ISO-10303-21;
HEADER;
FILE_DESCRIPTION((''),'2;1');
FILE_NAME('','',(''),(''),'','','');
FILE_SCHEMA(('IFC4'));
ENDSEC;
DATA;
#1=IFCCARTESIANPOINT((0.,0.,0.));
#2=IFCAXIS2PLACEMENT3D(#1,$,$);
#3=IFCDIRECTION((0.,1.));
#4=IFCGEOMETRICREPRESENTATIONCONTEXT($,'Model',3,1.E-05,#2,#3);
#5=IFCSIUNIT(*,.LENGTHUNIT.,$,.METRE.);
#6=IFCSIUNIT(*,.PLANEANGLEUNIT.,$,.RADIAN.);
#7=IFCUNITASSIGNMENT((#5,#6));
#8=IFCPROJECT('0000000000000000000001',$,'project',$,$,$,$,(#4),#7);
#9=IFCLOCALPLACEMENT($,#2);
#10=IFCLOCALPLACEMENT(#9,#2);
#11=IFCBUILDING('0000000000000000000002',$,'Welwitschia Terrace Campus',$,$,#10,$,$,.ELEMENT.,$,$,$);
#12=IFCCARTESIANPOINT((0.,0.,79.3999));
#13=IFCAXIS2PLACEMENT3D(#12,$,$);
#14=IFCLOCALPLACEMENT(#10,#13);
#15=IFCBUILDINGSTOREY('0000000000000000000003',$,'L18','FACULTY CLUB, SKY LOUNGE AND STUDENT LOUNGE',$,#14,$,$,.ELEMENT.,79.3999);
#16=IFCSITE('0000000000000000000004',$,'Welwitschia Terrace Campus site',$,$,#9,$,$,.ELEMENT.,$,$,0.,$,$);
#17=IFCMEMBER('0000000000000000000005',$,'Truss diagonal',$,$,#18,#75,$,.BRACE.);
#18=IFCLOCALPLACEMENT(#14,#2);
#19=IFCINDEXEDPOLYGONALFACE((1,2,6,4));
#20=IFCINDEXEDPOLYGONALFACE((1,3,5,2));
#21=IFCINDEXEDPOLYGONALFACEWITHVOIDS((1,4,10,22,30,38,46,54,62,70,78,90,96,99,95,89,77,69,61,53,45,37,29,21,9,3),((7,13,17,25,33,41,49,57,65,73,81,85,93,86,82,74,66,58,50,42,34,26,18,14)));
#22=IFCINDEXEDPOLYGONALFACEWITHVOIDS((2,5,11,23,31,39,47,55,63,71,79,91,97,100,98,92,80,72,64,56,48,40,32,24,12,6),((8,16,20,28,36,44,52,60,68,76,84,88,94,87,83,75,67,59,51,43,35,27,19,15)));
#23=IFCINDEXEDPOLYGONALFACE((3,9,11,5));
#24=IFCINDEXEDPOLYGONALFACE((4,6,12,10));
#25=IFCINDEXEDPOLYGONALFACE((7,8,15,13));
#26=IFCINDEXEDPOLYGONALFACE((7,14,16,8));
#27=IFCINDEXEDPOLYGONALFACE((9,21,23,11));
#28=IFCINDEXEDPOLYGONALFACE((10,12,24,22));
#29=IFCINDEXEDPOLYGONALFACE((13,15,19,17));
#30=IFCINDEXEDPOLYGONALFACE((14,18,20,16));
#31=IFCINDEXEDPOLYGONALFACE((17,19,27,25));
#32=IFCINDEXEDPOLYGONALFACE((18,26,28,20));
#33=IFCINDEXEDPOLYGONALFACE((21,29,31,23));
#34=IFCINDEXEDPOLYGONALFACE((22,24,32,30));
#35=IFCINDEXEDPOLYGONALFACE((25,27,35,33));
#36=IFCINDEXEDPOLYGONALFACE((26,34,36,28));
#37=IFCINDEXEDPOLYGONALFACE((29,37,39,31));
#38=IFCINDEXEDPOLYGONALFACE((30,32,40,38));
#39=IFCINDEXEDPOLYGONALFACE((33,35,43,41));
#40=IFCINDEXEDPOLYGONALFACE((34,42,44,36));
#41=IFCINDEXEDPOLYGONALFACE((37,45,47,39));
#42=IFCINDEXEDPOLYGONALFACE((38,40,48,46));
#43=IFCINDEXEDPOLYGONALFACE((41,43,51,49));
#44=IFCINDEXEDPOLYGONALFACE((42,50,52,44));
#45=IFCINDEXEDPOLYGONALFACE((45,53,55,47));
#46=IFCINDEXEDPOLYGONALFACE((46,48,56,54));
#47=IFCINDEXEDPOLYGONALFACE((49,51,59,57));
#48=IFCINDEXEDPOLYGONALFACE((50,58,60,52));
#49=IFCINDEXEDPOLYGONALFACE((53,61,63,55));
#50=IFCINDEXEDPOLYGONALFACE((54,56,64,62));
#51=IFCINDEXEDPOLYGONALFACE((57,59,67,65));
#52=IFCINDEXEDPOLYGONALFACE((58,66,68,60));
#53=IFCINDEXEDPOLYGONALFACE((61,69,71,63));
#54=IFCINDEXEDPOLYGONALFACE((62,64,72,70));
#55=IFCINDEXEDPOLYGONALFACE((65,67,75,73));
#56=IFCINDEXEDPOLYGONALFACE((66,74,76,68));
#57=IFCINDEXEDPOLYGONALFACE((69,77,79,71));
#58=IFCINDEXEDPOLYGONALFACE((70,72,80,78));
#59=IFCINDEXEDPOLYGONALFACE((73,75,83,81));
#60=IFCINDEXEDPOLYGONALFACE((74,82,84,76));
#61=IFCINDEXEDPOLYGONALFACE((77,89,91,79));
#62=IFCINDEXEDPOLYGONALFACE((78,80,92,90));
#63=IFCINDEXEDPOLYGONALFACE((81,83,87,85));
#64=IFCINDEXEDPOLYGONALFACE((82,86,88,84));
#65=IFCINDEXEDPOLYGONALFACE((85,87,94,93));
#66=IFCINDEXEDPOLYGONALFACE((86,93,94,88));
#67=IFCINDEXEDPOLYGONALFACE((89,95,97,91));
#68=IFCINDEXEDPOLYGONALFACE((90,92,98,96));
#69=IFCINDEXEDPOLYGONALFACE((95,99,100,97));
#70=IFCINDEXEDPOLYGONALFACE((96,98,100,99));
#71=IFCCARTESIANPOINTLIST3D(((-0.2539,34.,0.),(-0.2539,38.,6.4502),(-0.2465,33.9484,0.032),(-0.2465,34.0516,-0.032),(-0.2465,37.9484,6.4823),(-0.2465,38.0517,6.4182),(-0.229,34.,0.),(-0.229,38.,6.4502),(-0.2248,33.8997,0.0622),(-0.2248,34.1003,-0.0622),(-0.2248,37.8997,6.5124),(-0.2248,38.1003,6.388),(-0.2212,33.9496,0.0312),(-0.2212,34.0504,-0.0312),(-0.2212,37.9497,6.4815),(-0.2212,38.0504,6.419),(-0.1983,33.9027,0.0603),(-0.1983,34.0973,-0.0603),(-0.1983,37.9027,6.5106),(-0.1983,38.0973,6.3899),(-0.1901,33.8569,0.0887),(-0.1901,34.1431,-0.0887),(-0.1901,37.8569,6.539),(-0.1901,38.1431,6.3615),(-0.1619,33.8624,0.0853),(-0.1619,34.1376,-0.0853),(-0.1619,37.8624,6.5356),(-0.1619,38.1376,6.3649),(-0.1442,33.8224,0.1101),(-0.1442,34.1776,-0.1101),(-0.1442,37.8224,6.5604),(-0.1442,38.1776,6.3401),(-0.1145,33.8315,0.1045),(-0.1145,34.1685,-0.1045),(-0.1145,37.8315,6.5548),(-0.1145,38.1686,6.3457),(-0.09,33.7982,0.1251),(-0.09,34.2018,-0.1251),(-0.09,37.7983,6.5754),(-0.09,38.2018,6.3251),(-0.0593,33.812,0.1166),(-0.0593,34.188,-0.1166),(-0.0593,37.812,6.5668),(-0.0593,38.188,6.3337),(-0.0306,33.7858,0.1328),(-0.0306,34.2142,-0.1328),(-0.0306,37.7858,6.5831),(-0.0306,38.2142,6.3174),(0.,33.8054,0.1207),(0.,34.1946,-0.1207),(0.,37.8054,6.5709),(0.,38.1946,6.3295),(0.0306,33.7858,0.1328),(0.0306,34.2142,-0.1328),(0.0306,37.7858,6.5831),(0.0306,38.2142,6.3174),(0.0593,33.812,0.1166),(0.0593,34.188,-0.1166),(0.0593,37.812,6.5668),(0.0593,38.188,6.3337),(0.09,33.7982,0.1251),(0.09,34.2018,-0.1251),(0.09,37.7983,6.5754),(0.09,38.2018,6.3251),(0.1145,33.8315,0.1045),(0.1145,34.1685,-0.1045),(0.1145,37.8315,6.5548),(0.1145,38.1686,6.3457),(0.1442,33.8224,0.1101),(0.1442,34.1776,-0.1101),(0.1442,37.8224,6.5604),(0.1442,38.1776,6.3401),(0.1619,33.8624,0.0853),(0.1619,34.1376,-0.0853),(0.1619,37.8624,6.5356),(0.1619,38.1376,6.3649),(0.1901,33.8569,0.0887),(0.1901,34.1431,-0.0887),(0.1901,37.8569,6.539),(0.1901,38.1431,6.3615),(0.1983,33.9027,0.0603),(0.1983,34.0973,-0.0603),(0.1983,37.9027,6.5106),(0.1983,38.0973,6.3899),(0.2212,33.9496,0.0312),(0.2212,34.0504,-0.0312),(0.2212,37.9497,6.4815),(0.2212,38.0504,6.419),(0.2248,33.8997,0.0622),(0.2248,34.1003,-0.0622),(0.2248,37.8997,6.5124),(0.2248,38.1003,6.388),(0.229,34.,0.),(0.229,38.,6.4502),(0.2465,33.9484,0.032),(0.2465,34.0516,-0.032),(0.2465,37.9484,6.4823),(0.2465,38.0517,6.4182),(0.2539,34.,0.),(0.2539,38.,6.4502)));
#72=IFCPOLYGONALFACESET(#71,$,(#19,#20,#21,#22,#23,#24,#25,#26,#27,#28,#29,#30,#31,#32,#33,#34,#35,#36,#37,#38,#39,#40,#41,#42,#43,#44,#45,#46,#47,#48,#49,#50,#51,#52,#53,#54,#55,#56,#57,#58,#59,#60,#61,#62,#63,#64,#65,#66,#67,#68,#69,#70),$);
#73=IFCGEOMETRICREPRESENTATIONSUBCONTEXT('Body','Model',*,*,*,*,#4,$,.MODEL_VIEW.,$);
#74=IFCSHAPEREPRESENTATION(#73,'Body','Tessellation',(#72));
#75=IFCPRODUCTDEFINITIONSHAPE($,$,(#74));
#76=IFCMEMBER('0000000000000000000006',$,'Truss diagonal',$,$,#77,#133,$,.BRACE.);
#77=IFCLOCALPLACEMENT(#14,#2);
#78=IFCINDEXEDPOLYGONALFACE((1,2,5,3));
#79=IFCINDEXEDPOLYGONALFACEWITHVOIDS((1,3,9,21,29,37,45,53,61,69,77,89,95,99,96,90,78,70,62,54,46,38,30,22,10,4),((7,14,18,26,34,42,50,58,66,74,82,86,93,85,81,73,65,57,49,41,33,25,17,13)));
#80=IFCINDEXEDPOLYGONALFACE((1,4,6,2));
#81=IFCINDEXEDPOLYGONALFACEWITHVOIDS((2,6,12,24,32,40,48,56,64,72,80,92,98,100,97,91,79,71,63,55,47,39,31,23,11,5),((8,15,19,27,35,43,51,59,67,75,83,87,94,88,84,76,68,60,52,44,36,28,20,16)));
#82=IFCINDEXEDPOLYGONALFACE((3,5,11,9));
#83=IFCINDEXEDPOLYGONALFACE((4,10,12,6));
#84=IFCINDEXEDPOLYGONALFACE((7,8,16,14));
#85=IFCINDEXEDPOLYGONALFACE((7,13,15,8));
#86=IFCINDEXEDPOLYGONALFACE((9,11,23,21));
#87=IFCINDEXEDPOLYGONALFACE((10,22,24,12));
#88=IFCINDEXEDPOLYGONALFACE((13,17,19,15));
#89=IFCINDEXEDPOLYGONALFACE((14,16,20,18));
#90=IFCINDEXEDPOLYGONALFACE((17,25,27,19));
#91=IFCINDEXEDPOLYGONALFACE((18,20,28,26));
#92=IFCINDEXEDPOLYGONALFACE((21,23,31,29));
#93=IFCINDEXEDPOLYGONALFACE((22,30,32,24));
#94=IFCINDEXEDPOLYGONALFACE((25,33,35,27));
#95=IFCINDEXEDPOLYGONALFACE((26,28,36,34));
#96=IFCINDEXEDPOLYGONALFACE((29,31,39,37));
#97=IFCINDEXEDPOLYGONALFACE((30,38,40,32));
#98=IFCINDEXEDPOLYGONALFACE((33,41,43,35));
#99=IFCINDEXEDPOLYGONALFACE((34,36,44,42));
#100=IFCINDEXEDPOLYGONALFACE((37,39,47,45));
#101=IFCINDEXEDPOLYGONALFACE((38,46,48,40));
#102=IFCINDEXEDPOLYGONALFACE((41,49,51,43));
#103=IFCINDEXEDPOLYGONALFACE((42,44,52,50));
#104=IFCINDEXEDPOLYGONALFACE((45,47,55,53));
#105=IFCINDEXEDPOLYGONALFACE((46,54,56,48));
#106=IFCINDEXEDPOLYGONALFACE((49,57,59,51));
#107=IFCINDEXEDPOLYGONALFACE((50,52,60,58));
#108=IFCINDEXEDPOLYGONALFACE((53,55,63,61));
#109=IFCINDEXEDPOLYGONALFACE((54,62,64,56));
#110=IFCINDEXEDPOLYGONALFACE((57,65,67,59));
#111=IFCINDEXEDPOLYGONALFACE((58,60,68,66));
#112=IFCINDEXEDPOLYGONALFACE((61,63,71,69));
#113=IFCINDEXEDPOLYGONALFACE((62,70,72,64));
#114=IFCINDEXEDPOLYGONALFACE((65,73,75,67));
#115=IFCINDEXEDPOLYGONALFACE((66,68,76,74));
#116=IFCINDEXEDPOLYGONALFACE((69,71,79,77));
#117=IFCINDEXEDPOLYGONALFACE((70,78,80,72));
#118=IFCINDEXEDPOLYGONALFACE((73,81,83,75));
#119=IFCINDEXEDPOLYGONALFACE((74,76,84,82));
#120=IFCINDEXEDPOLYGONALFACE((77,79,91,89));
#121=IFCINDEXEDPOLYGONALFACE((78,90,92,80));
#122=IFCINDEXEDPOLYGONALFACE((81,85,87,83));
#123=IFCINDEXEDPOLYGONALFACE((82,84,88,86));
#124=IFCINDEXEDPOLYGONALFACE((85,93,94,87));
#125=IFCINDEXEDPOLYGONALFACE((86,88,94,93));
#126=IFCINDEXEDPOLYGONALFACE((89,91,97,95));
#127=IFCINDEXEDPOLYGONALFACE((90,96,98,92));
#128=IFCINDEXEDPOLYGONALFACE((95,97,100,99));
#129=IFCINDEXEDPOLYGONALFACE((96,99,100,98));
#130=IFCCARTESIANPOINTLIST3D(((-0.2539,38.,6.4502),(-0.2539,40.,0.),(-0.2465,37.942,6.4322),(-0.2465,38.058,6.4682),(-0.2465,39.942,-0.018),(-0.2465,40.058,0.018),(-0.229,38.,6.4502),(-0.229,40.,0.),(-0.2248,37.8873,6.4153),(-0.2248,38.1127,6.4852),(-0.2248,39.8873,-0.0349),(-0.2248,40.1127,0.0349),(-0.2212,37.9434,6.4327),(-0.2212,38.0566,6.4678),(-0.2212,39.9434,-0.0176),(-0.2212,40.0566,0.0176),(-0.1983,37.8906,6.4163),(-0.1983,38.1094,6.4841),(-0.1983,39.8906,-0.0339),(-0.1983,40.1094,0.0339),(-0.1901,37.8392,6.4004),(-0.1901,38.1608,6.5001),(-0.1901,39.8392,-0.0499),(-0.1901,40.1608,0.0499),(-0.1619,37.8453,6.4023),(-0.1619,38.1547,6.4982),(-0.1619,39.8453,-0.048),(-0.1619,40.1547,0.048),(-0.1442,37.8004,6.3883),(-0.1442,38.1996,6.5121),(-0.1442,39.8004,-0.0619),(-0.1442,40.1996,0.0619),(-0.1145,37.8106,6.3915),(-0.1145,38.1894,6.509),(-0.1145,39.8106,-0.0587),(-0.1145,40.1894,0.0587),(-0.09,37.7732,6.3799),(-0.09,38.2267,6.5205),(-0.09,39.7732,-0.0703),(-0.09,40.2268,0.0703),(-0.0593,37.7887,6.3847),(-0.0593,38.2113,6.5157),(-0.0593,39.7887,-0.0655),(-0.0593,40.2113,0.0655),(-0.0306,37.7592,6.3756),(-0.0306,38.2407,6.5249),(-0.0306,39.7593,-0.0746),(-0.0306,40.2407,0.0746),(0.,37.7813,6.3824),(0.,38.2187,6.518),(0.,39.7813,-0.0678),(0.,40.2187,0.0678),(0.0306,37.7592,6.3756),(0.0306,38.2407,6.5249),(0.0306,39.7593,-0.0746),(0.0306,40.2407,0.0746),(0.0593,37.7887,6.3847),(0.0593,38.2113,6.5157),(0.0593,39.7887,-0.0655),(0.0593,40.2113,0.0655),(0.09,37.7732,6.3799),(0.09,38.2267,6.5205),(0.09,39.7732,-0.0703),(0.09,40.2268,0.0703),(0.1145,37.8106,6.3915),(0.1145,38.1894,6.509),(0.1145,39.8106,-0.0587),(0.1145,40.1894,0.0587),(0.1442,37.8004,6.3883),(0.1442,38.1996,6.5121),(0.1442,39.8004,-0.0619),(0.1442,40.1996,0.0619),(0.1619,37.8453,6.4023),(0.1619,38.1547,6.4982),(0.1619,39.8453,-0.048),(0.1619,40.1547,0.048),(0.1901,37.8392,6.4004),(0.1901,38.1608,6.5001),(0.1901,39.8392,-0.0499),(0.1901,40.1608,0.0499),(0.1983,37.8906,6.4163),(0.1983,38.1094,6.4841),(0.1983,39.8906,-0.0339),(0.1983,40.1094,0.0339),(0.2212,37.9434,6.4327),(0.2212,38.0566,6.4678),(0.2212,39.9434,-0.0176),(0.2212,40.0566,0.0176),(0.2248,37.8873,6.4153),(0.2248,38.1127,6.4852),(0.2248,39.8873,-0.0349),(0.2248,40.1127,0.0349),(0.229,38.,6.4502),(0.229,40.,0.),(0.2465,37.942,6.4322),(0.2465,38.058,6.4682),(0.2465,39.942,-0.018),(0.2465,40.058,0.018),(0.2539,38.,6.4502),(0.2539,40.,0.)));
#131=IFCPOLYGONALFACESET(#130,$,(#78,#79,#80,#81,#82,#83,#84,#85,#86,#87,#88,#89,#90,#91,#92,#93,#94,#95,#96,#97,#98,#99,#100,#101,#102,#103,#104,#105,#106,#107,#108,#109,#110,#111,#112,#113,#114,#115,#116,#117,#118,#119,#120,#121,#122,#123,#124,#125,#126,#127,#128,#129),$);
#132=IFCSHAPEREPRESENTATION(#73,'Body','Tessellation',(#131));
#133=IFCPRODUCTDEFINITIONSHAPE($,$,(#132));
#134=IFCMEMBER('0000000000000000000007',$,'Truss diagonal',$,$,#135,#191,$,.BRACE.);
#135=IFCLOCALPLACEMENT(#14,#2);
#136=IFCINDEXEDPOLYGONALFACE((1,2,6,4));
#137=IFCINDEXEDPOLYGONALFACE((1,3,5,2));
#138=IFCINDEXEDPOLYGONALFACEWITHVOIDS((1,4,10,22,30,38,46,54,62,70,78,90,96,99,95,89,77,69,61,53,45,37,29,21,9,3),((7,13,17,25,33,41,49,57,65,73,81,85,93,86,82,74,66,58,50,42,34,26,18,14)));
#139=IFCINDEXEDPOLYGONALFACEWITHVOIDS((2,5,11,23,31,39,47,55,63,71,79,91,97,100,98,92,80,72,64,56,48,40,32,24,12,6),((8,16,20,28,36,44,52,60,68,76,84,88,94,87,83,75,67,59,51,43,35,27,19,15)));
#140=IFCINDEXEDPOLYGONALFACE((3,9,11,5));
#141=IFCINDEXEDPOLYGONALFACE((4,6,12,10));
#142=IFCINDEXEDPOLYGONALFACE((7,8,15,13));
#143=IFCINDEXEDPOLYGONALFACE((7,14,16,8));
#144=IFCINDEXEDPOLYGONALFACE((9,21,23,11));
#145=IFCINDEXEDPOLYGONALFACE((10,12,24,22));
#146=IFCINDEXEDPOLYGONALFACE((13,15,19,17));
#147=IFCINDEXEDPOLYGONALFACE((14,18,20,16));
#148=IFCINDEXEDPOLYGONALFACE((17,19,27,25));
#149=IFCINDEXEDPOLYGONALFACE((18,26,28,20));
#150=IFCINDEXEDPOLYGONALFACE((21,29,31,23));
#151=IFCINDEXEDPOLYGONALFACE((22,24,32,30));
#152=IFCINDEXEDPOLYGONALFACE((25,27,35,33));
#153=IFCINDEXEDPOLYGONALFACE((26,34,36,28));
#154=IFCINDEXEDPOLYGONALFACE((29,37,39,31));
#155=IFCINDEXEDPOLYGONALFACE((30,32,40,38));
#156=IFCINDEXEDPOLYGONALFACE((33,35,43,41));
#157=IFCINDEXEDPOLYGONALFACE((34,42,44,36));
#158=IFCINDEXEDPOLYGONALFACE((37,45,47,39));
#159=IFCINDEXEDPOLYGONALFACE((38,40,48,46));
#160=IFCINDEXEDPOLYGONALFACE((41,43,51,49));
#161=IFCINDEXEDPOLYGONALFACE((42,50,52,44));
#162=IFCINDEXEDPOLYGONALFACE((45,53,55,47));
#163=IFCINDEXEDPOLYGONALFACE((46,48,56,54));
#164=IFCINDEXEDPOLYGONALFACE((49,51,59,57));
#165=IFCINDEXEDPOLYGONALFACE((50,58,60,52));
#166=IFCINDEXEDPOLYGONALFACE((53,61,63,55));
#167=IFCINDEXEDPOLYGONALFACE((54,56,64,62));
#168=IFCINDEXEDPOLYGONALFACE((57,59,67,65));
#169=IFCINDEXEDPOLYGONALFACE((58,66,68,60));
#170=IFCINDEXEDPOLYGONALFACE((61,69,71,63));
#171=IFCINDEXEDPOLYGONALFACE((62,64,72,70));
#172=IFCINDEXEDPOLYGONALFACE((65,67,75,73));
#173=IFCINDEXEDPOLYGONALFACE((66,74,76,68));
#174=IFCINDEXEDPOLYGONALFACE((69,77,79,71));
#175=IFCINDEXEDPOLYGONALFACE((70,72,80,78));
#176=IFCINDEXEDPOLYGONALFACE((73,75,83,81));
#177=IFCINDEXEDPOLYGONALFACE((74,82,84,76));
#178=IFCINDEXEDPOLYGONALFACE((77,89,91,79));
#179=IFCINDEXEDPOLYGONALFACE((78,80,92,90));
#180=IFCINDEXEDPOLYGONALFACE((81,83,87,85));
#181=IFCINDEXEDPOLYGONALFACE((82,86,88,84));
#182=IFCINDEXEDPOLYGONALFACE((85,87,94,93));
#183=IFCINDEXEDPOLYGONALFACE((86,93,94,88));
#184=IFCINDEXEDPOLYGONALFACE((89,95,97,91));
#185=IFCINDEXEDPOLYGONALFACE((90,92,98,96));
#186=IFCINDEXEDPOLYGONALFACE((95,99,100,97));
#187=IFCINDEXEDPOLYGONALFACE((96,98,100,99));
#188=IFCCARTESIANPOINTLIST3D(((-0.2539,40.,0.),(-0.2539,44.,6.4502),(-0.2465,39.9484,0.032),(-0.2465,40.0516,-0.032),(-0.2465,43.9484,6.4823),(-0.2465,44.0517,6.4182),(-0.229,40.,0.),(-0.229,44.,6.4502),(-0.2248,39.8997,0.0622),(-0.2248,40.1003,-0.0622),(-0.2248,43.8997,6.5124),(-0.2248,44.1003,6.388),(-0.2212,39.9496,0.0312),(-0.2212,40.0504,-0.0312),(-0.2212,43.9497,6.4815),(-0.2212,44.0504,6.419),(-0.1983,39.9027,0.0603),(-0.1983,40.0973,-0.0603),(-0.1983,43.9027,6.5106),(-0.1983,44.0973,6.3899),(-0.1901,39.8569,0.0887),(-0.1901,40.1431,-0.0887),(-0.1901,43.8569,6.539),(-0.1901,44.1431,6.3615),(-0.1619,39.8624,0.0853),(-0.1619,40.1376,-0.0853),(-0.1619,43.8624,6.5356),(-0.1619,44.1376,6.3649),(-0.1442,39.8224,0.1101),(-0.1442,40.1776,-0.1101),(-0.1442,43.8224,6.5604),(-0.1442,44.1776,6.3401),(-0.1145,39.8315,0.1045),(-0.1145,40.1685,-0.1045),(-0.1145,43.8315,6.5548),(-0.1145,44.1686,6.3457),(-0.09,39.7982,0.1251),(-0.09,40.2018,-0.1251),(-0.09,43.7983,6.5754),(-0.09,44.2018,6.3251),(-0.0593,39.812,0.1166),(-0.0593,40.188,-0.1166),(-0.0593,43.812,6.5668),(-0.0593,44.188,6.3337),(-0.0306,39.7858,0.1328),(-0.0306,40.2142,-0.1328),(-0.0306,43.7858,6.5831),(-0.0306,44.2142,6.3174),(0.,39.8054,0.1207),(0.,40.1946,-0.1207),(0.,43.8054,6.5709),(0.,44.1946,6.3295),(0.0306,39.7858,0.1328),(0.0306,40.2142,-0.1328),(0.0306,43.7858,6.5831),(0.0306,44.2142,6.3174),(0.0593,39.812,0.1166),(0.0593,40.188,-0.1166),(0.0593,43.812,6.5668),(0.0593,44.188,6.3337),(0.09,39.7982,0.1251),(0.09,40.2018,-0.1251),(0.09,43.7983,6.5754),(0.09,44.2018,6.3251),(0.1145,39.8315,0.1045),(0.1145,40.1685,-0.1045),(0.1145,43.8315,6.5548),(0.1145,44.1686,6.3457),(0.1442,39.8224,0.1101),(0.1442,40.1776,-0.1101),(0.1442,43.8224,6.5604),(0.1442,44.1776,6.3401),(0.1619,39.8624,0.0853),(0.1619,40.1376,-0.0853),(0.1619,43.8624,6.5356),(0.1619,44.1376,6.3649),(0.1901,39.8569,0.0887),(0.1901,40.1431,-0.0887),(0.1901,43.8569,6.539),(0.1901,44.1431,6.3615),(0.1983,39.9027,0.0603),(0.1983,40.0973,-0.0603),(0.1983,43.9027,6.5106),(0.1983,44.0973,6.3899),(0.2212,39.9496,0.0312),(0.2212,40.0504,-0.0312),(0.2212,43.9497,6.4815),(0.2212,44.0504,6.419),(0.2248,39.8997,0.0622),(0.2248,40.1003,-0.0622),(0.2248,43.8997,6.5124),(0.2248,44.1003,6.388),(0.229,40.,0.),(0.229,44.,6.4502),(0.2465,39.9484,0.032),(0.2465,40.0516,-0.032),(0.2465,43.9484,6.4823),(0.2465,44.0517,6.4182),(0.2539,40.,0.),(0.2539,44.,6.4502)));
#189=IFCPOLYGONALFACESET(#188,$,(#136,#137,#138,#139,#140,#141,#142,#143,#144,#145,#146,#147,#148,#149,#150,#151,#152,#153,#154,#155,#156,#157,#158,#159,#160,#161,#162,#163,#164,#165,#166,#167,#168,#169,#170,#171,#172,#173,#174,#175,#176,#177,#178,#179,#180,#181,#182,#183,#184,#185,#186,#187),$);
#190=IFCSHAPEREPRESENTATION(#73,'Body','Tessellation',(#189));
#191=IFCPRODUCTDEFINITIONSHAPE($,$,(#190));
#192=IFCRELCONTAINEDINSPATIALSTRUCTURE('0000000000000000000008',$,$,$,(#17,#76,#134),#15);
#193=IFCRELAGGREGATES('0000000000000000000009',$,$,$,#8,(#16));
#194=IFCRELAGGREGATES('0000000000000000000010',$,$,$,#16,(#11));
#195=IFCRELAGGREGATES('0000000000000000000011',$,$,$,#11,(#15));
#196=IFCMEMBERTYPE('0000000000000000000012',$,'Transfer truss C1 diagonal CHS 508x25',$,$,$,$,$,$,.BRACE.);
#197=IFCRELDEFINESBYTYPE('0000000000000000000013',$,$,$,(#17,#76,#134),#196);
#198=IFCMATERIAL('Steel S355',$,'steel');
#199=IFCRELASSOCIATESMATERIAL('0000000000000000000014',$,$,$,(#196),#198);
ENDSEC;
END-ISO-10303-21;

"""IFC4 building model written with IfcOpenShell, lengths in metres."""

from ifc_helpers import new_model, si_unit, direction, frame, origin, origin_2d, place, context, subcontext, project, spatial, hollow_circle, extrude, material, material_profile, profile_set, type_object, element, save


model = new_model("IFC4")

# Units and contexts
model_context = context("Model", 3, precision=1e-05, world=origin(), true_north=direction((0.0, 1.0)))
body_context = subcontext(model_context, "Body", "Model", "MODEL_VIEW")
ifc_project = project(units=[si_unit("LENGTHUNIT", "METRE"), si_unit("PLANEANGLEUNIT", "RADIAN")], contexts=[model_context])

# Site, building, storey
site_placement = place(None, origin())
site = spatial("IfcSite", under=ifc_project, at=site_placement, Name="Welwitschia Terrace Campus site", CompositionType="ELEMENT", RefElevation=0.0)
building_placement = place(site_placement, origin())
building = spatial("IfcBuilding", under=site, at=building_placement, Name="Welwitschia Terrace Campus", CompositionType="ELEMENT")
storey_placement = place(building_placement, frame((0.0, 0.0, 79.3999)))
storey = spatial("IfcBuildingStorey", under=building, at=storey_placement, Name="L18", Description="FACULTY CLUB, SKY LOUNGE AND STUDENT LOUNGE", CompositionType="ELEMENT", Elevation=79.3999)

# Members
ifc_material_1 = material(Name="Steel S355", Category="steel")
ifc_material_profile_1 = material_profile(ifc_material_1, hollow_circle(Radius=0.2539, WallThickness=0.0249, at=origin_2d()))
ifc_profile_set_1 = profile_set([ifc_material_profile_1], Name="Steel S355")
member_type_1 = type_object("IfcMemberType", Name="Transfer truss C1 diagonal CHS 508x25", PredefinedType="BRACE", material=ifc_profile_set_1)
member_1_placement = place(storey_placement, frame((0.0, 34.0, 0.0), z_axis=(0.0, 0.527023, 0.849851), x_axis=(-1.0, 0.0, 0.0)))
element("IfcMember", 1, at=member_1_placement, inside=storey, type_object=member_type_1, Name="Truss diagonal", PredefinedType="BRACE", context=body_context, shape_type="SweptSolid", body=[
    extrude(hollow_circle(Radius=0.2539, WallThickness=0.0249, at=origin_2d()), origin(), (0.0, 0.0, 1.0), 7.5898),
])
member_2_placement = place(storey_placement, frame((0.0, 40.0, 0.0), z_axis=(0.0, -0.296158, 0.955139), x_axis=(1.0, 0.0, 0.0)))
element("IfcMember", 2, at=member_2_placement, inside=storey, type_object=member_type_1, Name="Truss diagonal", PredefinedType="BRACE", context=body_context, shape_type="SweptSolid", body=[
    extrude(hollow_circle(Radius=0.2539, WallThickness=0.0249, at=origin_2d()), origin(), (0.0, 0.0, 1.0), 6.7532),
])
member_3_placement = place(storey_placement, frame((0.0, 40.0, 0.0), z_axis=(0.0, 0.527023, 0.849851), x_axis=(-1.0, 0.0, 0.0)))
element("IfcMember", 3, at=member_3_placement, inside=storey, type_object=member_type_1, Name="Truss diagonal", PredefinedType="BRACE", context=body_context, shape_type="SweptSolid", body=[
    extrude(hollow_circle(Radius=0.2539, WallThickness=0.0249, at=origin_2d()), origin(), (0.0, 0.0, 1.0), 7.5898),
])

save(model, "model.ifc")
